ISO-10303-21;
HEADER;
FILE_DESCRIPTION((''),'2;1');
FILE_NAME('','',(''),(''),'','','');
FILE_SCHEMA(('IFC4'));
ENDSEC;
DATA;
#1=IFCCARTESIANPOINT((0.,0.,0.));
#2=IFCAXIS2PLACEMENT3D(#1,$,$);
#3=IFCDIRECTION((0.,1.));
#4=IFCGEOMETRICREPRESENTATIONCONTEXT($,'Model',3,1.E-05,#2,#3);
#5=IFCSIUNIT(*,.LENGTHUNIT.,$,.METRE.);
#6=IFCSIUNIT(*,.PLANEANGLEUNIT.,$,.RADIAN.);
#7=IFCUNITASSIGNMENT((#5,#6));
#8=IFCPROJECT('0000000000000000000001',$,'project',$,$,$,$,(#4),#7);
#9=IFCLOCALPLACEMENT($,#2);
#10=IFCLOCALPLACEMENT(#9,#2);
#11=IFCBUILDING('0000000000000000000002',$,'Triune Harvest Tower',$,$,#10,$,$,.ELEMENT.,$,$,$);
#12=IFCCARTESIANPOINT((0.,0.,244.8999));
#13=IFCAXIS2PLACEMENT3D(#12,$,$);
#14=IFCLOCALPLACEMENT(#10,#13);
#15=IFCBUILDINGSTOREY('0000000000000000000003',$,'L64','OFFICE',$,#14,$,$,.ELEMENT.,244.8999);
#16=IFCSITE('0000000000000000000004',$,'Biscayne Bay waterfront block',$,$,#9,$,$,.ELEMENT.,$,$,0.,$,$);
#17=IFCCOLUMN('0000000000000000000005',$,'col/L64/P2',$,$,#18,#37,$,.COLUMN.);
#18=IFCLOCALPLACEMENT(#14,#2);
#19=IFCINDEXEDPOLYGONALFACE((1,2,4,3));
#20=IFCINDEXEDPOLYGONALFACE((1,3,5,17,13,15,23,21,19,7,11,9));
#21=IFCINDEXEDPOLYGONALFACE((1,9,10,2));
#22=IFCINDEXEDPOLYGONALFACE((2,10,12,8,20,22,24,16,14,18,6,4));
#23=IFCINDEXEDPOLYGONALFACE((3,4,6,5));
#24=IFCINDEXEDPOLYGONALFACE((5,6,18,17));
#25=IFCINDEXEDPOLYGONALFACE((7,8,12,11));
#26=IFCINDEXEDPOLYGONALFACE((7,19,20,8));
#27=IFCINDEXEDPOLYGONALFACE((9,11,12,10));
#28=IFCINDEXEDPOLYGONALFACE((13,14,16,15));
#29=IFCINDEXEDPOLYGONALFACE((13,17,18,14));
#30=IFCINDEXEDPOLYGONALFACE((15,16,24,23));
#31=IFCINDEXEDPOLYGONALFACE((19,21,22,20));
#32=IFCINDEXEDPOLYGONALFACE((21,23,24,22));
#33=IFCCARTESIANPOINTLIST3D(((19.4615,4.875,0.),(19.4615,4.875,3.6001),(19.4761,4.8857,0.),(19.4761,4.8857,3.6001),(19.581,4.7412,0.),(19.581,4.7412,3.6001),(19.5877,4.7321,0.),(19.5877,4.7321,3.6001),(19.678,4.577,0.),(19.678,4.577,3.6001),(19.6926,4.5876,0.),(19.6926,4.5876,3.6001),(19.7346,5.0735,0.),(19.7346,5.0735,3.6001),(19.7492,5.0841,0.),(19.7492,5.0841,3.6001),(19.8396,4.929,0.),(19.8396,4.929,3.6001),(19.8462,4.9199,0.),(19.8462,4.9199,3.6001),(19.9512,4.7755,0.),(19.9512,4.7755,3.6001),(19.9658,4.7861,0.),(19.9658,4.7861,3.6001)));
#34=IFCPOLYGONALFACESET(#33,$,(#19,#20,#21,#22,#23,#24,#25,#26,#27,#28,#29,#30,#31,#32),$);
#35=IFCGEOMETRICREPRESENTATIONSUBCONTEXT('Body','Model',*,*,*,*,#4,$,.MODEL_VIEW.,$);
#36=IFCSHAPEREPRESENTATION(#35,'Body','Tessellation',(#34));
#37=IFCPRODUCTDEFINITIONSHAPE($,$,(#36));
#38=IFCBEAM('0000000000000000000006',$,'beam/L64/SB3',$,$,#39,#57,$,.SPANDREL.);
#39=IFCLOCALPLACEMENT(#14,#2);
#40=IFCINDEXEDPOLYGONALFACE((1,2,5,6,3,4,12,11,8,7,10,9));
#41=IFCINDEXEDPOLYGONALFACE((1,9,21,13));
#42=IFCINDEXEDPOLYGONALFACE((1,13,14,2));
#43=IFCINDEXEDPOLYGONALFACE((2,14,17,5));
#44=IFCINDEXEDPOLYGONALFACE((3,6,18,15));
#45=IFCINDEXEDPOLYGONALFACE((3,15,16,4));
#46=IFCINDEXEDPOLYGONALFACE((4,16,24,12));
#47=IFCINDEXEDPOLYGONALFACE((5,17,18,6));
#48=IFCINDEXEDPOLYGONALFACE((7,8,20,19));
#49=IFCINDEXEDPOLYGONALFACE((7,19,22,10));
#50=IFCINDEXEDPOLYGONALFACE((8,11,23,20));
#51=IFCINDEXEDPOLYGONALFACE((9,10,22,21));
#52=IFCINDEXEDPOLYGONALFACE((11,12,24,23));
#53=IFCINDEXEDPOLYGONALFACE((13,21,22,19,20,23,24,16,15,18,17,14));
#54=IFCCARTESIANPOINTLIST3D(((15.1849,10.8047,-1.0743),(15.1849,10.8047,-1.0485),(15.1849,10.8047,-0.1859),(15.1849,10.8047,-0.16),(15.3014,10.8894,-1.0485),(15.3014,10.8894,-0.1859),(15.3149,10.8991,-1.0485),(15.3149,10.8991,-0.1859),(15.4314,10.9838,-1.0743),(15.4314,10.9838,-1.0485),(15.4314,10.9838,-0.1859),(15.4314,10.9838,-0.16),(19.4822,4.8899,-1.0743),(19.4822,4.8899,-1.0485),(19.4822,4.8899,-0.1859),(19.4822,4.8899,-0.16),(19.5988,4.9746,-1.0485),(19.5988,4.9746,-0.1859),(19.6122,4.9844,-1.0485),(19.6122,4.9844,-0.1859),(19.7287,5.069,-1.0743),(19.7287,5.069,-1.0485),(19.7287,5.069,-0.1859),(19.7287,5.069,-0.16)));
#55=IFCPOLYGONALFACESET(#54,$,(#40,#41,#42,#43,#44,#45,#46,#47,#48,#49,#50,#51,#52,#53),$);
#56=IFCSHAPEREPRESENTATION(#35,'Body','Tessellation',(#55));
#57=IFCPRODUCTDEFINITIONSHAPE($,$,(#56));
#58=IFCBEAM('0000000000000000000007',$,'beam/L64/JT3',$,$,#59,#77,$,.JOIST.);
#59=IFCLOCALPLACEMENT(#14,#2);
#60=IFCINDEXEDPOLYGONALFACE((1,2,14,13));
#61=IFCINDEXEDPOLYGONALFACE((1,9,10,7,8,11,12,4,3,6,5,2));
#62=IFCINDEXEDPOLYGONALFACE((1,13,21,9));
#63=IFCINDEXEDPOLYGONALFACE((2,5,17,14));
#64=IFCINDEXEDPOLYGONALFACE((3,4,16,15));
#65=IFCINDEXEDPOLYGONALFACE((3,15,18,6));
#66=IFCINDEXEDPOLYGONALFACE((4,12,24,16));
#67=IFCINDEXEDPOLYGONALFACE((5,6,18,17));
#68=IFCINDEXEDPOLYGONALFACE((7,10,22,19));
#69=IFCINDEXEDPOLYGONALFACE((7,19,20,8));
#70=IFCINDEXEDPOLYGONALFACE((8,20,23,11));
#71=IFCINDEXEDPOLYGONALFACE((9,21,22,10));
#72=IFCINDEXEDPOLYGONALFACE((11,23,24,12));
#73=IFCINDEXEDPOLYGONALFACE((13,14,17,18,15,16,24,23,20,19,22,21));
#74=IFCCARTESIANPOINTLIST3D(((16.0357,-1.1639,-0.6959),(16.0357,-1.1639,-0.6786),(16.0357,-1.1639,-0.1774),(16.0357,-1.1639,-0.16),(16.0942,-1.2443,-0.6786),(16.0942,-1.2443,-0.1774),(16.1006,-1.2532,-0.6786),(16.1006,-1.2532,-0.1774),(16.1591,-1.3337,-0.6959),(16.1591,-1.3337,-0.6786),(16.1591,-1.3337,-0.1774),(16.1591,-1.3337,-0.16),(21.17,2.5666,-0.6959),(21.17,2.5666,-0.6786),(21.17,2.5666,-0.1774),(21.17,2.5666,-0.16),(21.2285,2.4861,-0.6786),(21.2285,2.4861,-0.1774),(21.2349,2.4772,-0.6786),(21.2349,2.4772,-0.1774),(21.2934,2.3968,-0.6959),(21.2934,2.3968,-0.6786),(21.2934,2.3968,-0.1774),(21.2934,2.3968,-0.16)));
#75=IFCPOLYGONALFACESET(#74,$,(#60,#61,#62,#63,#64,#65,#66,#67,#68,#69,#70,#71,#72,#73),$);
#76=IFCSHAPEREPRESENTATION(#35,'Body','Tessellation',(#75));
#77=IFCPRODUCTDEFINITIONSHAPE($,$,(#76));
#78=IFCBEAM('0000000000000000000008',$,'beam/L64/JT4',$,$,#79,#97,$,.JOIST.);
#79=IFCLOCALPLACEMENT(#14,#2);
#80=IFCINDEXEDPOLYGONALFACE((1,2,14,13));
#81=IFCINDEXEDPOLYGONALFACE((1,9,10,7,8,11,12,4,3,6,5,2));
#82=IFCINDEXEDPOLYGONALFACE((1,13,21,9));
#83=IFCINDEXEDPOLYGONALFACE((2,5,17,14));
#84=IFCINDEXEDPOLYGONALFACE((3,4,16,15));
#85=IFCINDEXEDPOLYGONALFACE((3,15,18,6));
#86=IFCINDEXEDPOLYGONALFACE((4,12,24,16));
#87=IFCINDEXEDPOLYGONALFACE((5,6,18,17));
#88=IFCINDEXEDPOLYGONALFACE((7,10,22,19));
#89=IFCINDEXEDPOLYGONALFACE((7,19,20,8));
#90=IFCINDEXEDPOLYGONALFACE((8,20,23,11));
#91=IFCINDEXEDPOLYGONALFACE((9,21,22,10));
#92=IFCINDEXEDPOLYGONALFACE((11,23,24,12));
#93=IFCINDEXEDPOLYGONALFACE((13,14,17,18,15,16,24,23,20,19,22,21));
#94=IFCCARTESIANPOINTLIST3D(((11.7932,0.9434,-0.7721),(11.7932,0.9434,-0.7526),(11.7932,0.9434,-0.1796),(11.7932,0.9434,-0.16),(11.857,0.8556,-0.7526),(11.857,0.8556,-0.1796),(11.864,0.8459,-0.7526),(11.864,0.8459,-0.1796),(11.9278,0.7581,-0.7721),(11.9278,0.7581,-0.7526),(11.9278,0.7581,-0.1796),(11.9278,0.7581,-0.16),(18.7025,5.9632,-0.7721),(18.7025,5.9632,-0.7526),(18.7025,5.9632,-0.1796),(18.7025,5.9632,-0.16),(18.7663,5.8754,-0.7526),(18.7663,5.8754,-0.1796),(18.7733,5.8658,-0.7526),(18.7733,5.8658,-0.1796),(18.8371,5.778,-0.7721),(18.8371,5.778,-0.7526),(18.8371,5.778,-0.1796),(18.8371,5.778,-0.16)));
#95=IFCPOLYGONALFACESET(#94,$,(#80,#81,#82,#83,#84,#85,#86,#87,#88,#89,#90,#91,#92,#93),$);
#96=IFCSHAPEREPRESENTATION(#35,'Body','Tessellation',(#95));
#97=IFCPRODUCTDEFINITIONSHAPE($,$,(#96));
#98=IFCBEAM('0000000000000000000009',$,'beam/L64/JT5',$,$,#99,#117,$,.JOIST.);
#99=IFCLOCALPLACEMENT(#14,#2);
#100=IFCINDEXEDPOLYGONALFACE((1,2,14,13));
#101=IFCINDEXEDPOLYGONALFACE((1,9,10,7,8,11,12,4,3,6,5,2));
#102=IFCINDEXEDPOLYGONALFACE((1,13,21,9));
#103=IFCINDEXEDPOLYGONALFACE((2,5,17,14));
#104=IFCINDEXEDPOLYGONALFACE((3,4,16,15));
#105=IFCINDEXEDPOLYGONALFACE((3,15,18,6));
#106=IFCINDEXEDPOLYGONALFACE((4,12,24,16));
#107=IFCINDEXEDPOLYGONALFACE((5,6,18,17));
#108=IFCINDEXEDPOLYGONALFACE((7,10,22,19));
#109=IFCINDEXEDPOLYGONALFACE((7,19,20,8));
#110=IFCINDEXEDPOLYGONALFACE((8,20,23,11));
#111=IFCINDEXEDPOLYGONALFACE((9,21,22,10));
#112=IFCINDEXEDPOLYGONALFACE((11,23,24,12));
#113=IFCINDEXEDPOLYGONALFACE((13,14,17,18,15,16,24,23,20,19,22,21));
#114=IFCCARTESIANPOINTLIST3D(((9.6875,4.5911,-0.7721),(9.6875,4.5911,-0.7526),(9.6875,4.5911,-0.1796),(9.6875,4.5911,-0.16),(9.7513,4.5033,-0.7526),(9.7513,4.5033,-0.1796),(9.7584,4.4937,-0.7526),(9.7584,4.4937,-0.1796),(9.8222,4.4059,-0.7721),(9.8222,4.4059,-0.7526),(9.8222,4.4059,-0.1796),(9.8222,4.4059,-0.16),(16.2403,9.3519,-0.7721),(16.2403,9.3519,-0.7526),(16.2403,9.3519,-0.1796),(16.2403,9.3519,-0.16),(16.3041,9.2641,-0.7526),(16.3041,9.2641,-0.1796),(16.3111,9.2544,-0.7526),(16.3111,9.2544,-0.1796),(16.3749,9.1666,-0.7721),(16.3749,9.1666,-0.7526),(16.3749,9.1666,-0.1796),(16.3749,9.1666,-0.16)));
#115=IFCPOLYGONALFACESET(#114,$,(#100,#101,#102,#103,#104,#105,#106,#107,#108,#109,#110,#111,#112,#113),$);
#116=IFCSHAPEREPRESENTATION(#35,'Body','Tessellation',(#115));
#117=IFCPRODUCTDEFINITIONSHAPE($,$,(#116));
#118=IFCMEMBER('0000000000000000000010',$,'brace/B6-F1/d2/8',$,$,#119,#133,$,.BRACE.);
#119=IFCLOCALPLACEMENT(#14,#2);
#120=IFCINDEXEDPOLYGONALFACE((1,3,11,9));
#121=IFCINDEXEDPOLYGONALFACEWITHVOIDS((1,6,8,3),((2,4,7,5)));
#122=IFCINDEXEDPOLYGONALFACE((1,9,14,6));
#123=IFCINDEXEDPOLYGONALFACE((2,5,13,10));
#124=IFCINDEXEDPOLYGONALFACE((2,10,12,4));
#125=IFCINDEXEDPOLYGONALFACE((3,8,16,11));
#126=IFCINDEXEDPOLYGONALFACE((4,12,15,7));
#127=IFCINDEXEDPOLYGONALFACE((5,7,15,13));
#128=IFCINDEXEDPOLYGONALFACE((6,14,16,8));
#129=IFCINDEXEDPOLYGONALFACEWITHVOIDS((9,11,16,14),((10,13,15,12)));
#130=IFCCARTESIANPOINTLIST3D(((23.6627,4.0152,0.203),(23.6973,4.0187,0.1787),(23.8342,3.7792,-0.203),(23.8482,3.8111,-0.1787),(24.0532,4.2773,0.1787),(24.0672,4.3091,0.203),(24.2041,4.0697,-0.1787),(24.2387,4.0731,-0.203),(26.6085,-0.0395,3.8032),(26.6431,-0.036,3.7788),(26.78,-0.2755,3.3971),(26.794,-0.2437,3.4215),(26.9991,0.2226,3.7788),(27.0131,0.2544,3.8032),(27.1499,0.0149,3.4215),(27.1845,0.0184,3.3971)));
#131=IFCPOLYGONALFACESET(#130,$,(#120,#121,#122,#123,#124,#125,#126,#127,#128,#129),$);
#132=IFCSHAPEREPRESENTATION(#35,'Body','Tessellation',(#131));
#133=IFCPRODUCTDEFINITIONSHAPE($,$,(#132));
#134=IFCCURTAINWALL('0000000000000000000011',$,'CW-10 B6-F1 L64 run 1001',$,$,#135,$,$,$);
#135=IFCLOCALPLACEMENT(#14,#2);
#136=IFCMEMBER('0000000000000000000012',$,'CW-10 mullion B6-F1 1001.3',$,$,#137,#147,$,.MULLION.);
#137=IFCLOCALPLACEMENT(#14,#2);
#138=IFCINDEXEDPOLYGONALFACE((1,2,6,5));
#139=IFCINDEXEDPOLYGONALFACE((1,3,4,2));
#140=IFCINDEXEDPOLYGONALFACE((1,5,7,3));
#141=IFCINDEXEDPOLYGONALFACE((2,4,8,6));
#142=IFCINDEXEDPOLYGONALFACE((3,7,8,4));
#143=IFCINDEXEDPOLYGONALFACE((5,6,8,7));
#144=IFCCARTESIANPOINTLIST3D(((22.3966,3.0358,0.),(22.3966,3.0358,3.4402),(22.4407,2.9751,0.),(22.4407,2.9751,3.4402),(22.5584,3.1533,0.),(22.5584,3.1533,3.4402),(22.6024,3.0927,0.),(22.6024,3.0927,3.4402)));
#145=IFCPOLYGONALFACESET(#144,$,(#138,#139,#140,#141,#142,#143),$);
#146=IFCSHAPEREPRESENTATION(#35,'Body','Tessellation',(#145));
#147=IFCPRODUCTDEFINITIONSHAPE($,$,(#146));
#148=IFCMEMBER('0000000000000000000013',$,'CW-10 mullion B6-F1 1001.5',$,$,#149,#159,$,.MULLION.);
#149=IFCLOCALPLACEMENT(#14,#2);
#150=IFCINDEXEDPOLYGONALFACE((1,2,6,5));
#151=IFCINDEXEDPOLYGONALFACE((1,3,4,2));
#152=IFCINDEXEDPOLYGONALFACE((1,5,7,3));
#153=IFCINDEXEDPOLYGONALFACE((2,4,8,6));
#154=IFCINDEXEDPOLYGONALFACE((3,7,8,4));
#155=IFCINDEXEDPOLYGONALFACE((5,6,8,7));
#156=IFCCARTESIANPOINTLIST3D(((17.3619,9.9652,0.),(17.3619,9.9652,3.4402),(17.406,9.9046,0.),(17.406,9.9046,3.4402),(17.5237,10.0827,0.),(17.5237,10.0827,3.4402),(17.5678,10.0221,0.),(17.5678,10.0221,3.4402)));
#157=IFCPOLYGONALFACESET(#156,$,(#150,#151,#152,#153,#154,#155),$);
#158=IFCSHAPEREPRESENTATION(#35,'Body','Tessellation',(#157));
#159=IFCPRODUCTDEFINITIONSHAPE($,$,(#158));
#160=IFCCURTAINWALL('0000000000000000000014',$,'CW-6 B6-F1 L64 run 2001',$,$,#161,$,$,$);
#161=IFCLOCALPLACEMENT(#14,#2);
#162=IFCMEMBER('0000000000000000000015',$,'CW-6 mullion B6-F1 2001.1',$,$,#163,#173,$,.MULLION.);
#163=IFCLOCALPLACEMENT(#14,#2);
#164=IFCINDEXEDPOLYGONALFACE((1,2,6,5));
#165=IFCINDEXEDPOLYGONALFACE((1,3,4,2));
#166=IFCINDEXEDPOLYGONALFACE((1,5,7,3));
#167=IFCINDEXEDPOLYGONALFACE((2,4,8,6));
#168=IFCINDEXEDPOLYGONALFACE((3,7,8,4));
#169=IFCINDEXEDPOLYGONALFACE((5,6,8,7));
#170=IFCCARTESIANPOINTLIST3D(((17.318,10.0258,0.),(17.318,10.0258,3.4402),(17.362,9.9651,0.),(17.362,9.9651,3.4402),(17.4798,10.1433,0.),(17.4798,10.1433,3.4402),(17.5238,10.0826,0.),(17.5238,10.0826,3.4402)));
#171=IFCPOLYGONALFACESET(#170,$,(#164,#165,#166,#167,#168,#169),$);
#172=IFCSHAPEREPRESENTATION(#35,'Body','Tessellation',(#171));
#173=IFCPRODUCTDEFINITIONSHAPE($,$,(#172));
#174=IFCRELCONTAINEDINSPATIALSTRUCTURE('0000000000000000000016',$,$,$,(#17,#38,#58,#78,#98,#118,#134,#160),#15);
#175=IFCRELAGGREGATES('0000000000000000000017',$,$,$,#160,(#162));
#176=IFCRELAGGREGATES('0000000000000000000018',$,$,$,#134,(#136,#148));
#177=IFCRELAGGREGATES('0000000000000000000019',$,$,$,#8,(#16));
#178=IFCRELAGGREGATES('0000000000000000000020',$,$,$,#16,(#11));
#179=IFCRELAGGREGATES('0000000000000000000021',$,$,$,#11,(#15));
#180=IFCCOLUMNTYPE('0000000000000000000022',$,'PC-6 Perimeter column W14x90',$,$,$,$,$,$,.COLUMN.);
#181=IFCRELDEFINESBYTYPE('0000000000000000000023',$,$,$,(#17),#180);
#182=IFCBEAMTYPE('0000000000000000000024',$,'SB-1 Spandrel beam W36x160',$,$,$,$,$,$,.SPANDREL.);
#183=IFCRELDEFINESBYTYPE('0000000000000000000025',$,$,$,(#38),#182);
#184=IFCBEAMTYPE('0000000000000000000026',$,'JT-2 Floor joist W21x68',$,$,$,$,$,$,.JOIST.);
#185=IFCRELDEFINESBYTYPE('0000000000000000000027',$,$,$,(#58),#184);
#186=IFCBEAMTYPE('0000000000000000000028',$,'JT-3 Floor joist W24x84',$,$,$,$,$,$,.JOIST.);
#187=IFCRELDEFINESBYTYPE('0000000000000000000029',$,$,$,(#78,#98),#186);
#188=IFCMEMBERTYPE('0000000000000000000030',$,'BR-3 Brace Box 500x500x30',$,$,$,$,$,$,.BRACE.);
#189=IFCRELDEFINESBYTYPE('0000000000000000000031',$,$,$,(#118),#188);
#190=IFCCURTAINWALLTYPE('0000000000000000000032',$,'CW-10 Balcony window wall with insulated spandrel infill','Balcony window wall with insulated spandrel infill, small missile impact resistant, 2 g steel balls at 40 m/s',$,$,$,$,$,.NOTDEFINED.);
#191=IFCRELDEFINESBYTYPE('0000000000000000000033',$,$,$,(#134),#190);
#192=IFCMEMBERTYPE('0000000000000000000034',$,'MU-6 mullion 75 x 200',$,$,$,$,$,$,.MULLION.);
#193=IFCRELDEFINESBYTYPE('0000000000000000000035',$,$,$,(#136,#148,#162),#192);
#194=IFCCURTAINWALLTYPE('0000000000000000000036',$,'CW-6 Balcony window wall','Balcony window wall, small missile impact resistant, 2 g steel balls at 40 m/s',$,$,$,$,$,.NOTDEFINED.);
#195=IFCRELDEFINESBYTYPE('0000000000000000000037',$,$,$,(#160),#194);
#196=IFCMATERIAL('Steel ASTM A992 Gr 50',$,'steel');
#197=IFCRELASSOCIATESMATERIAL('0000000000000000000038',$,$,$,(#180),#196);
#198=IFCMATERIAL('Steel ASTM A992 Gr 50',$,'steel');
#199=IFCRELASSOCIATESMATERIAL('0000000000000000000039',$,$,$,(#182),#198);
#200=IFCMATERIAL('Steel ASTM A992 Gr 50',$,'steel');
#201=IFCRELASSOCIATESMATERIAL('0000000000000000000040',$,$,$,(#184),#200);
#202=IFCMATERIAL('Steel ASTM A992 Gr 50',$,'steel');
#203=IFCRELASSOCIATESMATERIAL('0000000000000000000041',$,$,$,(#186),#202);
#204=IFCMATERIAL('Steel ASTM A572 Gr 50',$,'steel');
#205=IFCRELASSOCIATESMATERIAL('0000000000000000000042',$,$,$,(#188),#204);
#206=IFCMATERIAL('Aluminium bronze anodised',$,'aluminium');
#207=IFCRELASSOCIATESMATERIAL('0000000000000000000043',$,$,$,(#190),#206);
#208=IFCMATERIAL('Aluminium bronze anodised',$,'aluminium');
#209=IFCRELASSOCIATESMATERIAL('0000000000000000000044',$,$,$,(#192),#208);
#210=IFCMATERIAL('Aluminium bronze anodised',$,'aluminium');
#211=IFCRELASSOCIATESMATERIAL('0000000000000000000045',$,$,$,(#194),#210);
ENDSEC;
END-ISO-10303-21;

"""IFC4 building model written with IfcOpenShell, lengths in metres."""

from ifc_helpers import new_model, si_unit, direction, frame, origin, origin_2d, place, context, subcontext, project, spatial, rectangle, hollow_rectangle, i_section, extrude, source, transform, mapped, material, material_profile, profile_set, type_object, element, aggregate, save


model = new_model("IFC4")

# Units and contexts
model_context = context("Model", 3, precision=1e-05, world=origin(), true_north=direction((0.0, 1.0)))
body_context = subcontext(model_context, "Body", "Model", "MODEL_VIEW")
ifc_project = project(units=[si_unit("LENGTHUNIT", "METRE"), si_unit("PLANEANGLEUNIT", "RADIAN")], contexts=[model_context])

# Site, building, storey
site_placement = place(None, origin())
site = spatial("IfcSite", under=ifc_project, at=site_placement, Name="Biscayne Bay waterfront block", CompositionType="ELEMENT", RefElevation=0.0)
building_placement = place(site_placement, origin())
building = spatial("IfcBuilding", under=site, at=building_placement, Name="Triune Harvest Tower", CompositionType="ELEMENT")
storey_placement = place(building_placement, frame((0.0, 0.0, 244.8999)))
storey = spatial("IfcBuildingStorey", under=building, at=storey_placement, Name="L64", Description="OFFICE", CompositionType="ELEMENT", Elevation=244.8999)

# Column
ifc_material_1 = material(Name="Steel ASTM A992 Gr 50", Category="steel")
ifc_material_profile_1 = material_profile(ifc_material_1, i_section(OverallWidth=0.3684, OverallDepth=0.3557, WebThickness=0.0112, FlangeThickness=0.0181, at=origin_2d()), Name="W14x90")
ifc_profile_set_1 = profile_set([ifc_material_profile_1], Name="Steel ASTM A992 Gr 50")
column_type = type_object("IfcColumnType", Name="PC-6 Perimeter column W14x90", PredefinedType="COLUMN", material=ifc_profile_set_1)
shared_shape_1 = source(origin(), body_context, "Body", "SweptSolid", [
    extrude(i_section(OverallWidth=0.3684, OverallDepth=0.3557, WebThickness=0.0112, FlangeThickness=0.0181, at=origin_2d()), origin(), (0.0, 0.0, 1.0), 3.6001),
])
column_placement = place(storey_placement, frame((19.7136, 4.8306, 0.0), z_axis=(0.0, 0.0, 1.0), x_axis=(-0.587785, 0.809017, 0.0)))
element("IfcColumn", 1, at=column_placement, inside=storey, type_object=column_type, Name="col/L64/P2", PredefinedType="COLUMN", context=body_context, shape_type="MappedRepresentation", body=[
    mapped(shared_shape_1, transform((0.0, 0.0, 0.0), scale=1.0)),
])

# Beams
ifc_material_2 = material(Name="Steel ASTM A992 Gr 50", Category="steel")
ifc_material_profile_2 = material_profile(ifc_material_2, i_section(OverallWidth=0.3047, OverallDepth=0.9143, WebThickness=0.0166, FlangeThickness=0.0259, at=origin_2d()), Name="W36x160")
ifc_profile_set_2 = profile_set([ifc_material_profile_2], Name="Steel ASTM A992 Gr 50")
beam_type_1 = type_object("IfcBeamType", Name="SB-1 Spandrel beam W36x160", PredefinedType="SPANDREL", material=ifc_profile_set_2)
shared_shape_2 = source(origin(), body_context, "Body", "SweptSolid", [
    extrude(i_section(OverallWidth=0.3047, OverallDepth=0.9143, WebThickness=0.0166, FlangeThickness=0.0259, at=origin_2d()), origin(), (0.0, 0.0, 1.0), 7.311),
])
beam_1_placement = place(storey_placement, frame((19.6055, 4.9795, -0.6172), z_axis=(-0.587786, 0.809016, 0.0), x_axis=(-0.809016, -0.587786, 0.0)))
element("IfcBeam", 2, at=beam_1_placement, inside=storey, type_object=beam_type_1, Name="beam/L64/SB3", PredefinedType="SPANDREL", context=body_context, shape_type="MappedRepresentation", body=[
    mapped(shared_shape_2, transform((0.0, 0.0, 0.0), scale=1.0)),
])
ifc_material_3 = material(Name="Steel ASTM A992 Gr 50", Category="steel")
ifc_material_profile_3 = material_profile(ifc_material_3, i_section(OverallWidth=0.21, OverallDepth=0.5359, WebThickness=0.011, FlangeThickness=0.0173, at=origin_2d()), Name="W21x68")
ifc_profile_set_3 = profile_set([ifc_material_profile_3], Name="Steel ASTM A992 Gr 50")
beam_type_2 = type_object("IfcBeamType", Name="JT-2 Floor joist W21x68", PredefinedType="JOIST", material=ifc_profile_set_3)
shared_shape_3 = source(origin(), body_context, "Body", "SweptSolid", [
    extrude(i_section(OverallWidth=0.21, OverallDepth=0.5359, WebThickness=0.011, FlangeThickness=0.0173, at=origin_2d()), origin(), (0.0, 0.0, 1.0), 6.3464),
])
beam_2_placement = place(storey_placement, frame((21.2317, 2.4817, -0.428), z_axis=(-0.809002, -0.587806, 0.0), x_axis=(0.587806, -0.809002, 0.0)))
element("IfcBeam", 3, at=beam_2_placement, inside=storey, type_object=beam_type_2, Name="beam/L64/JT3", PredefinedType="JOIST", context=body_context, shape_type="MappedRepresentation", body=[
    mapped(shared_shape_3, transform((0.0, 0.0, 0.0), scale=1.0)),
])
ifc_material_4 = material(Name="Steel ASTM A992 Gr 50", Category="steel")
ifc_material_profile_4 = material_profile(ifc_material_4, i_section(OverallWidth=0.229, OverallDepth=0.6121, WebThickness=0.012, FlangeThickness=0.0195, at=origin_2d()), Name="W24x84")
ifc_profile_set_4 = profile_set([ifc_material_profile_4], Name="Steel ASTM A992 Gr 50")
beam_type_3 = type_object("IfcBeamType", Name="JT-3 Floor joist W24x84", PredefinedType="JOIST", material=ifc_profile_set_4)
shared_shape_4 = source(origin(), body_context, "Body", "SweptSolid", [
    extrude(i_section(OverallWidth=0.229, OverallDepth=0.6121, WebThickness=0.012, FlangeThickness=0.0195, at=origin_2d()), origin(), (0.0, 0.0, 1.0), 8.5403),
])
beam_3_placement = place(storey_placement, frame((18.7698, 5.8706, -0.4661), z_axis=(-0.809019, -0.587782, 0.0), x_axis=(0.587782, -0.809019, 0.0)))
element("IfcBeam", 4, at=beam_3_placement, inside=storey, type_object=beam_type_3, Name="beam/L64/JT4", PredefinedType="JOIST", context=body_context, shape_type="MappedRepresentation", body=[
    mapped(shared_shape_4, transform((0.0, 0.0, 0.0), scale=1.0)),
])
shared_shape_5 = source(origin(), body_context, "Body", "SweptSolid", [
    extrude(i_section(OverallWidth=0.229, OverallDepth=0.6121, WebThickness=0.012, FlangeThickness=0.0195, at=origin_2d()), origin(), (0.0, 0.0, 1.0), 8.0996),
])
beam_4_placement = place(storey_placement, frame((16.3076, 9.2593, -0.4661), z_axis=(-0.809023, -0.587777, 0.0), x_axis=(0.587777, -0.809023, 0.0)))
element("IfcBeam", 5, at=beam_4_placement, inside=storey, type_object=beam_type_3, Name="beam/L64/JT5", PredefinedType="JOIST", context=body_context, shape_type="MappedRepresentation", body=[
    mapped(shared_shape_5, transform((0.0, 0.0, 0.0), scale=1.0)),
])

# Member
ifc_material_5 = material(Name="Steel ASTM A572 Gr 50", Category="steel")
ifc_material_profile_5 = material_profile(ifc_material_5, hollow_rectangle(XDim=0.5, YDim=0.5, WallThickness=0.03, at=origin_2d()), Name="Box 500x500x30")
ifc_profile_set_5 = profile_set([ifc_material_profile_5], Name="Steel ASTM A572 Gr 50")
member_type_1 = type_object("IfcMemberType", Name="BR-3 Brace Box 500x500x30", PredefinedType="BRACE", material=ifc_profile_set_5)
shared_shape_6 = source(origin(), body_context, "Body", "SweptSolid", [
    extrude(hollow_rectangle(XDim=0.5, YDim=0.5, WallThickness=0.03, at=origin_2d()), origin(), (0.0, 0.0, 1.0), 6.1709),
])
member_1_placement = place(storey_placement, frame((23.9507, 4.0442, 0.0), z_axis=(0.477376, -0.657075, 0.583407), x_axis=(0.809027, 0.587772, 0.0)))
element("IfcMember", 6, at=member_1_placement, inside=storey, type_object=member_type_1, Name="brace/B6-F1/d2/8", PredefinedType="BRACE", context=body_context, shape_type="MappedRepresentation", body=[
    mapped(shared_shape_6, transform((0.0, 0.0, 0.0), scale=1.0)),
])

# Curtain wall, members
ifc_material_6 = material(Name="Aluminium bronze anodised", Category="aluminium")
curtain_wall_type_1 = type_object("IfcCurtainWallType", Name="CW-10 Balcony window wall with insulated spandrel infill", Description="Balcony window wall with insulated spandrel infill, small missile impact resistant, 2 g steel balls at 40 m/s", PredefinedType="NOTDEFINED", material=ifc_material_6)
curtain_wall_1_placement = place(storey_placement, origin())
curtain_wall_1 = element("IfcCurtainWall", 7, at=curtain_wall_1_placement, inside=storey, type_object=curtain_wall_type_1, Name="CW-10 B6-F1 L64 run 1001")
ifc_material_7 = material(Name="Aluminium bronze anodised", Category="aluminium")
ifc_material_profile_6 = material_profile(ifc_material_7, rectangle(XDim=0.2, YDim=0.075, at=origin_2d()), Name="MU-6 mullion 75 x 200")
ifc_profile_set_6 = profile_set([ifc_material_profile_6], Name="Aluminium bronze anodised")
member_type_2 = type_object("IfcMemberType", Name="MU-6 mullion 75 x 200", PredefinedType="MULLION", material=ifc_profile_set_6)
shared_shape_7 = source(origin(), body_context, "Body", "SweptSolid", [
    extrude(rectangle(XDim=0.2, YDim=0.075, at=origin_2d()), origin(), (0.0, 0.0, 1.0), 3.4402),
])
member_2_placement = place(storey_placement, frame((22.4995, 3.0642, 0.0), z_axis=(0.0, 0.0, 1.0), x_axis=(-0.809016, -0.587786, 0.0)))
member_2 = element("IfcMember", 8, at=member_2_placement, type_object=member_type_2, Name="CW-10 mullion B6-F1 1001.3", PredefinedType="MULLION", context=body_context, shape_type="MappedRepresentation", body=[
    mapped(shared_shape_7, transform((0.0, 0.0, 0.0), scale=1.0)),
])
member_3_placement = place(storey_placement, frame((17.4648, 9.9937, 0.0), z_axis=(0.0, 0.0, 1.0), x_axis=(-0.809016, -0.587786, 0.0)))
member_3 = element("IfcMember", 9, at=member_3_placement, type_object=member_type_2, Name="CW-10 mullion B6-F1 1001.5", PredefinedType="MULLION", context=body_context, shape_type="MappedRepresentation", body=[
    mapped(shared_shape_7, transform((0.0, 0.0, 0.0), scale=1.0)),
])

# Curtain wall, member
ifc_material_8 = material(Name="Aluminium bronze anodised", Category="aluminium")
curtain_wall_type_2 = type_object("IfcCurtainWallType", Name="CW-6 Balcony window wall", Description="Balcony window wall, small missile impact resistant, 2 g steel balls at 40 m/s", PredefinedType="NOTDEFINED", material=ifc_material_8)
curtain_wall_2_placement = place(storey_placement, origin())
curtain_wall_2 = element("IfcCurtainWall", 10, at=curtain_wall_2_placement, inside=storey, type_object=curtain_wall_type_2, Name="CW-6 B6-F1 L64 run 2001")
member_4_placement = place(storey_placement, frame((17.4209, 10.0542, 0.0), z_axis=(0.0, 0.0, 1.0), x_axis=(-0.809019, -0.587783, 0.0)))
member_4 = element("IfcMember", 11, at=member_4_placement, type_object=member_type_2, Name="CW-6 mullion B6-F1 2001.1", PredefinedType="MULLION", context=body_context, shape_type="MappedRepresentation", body=[
    mapped(shared_shape_7, transform((0.0, 0.0, 0.0), scale=1.0)),
])

aggregate(curtain_wall_2, [member_4])

aggregate(curtain_wall_1, [member_2, member_3])

save(model, "model.ifc")
